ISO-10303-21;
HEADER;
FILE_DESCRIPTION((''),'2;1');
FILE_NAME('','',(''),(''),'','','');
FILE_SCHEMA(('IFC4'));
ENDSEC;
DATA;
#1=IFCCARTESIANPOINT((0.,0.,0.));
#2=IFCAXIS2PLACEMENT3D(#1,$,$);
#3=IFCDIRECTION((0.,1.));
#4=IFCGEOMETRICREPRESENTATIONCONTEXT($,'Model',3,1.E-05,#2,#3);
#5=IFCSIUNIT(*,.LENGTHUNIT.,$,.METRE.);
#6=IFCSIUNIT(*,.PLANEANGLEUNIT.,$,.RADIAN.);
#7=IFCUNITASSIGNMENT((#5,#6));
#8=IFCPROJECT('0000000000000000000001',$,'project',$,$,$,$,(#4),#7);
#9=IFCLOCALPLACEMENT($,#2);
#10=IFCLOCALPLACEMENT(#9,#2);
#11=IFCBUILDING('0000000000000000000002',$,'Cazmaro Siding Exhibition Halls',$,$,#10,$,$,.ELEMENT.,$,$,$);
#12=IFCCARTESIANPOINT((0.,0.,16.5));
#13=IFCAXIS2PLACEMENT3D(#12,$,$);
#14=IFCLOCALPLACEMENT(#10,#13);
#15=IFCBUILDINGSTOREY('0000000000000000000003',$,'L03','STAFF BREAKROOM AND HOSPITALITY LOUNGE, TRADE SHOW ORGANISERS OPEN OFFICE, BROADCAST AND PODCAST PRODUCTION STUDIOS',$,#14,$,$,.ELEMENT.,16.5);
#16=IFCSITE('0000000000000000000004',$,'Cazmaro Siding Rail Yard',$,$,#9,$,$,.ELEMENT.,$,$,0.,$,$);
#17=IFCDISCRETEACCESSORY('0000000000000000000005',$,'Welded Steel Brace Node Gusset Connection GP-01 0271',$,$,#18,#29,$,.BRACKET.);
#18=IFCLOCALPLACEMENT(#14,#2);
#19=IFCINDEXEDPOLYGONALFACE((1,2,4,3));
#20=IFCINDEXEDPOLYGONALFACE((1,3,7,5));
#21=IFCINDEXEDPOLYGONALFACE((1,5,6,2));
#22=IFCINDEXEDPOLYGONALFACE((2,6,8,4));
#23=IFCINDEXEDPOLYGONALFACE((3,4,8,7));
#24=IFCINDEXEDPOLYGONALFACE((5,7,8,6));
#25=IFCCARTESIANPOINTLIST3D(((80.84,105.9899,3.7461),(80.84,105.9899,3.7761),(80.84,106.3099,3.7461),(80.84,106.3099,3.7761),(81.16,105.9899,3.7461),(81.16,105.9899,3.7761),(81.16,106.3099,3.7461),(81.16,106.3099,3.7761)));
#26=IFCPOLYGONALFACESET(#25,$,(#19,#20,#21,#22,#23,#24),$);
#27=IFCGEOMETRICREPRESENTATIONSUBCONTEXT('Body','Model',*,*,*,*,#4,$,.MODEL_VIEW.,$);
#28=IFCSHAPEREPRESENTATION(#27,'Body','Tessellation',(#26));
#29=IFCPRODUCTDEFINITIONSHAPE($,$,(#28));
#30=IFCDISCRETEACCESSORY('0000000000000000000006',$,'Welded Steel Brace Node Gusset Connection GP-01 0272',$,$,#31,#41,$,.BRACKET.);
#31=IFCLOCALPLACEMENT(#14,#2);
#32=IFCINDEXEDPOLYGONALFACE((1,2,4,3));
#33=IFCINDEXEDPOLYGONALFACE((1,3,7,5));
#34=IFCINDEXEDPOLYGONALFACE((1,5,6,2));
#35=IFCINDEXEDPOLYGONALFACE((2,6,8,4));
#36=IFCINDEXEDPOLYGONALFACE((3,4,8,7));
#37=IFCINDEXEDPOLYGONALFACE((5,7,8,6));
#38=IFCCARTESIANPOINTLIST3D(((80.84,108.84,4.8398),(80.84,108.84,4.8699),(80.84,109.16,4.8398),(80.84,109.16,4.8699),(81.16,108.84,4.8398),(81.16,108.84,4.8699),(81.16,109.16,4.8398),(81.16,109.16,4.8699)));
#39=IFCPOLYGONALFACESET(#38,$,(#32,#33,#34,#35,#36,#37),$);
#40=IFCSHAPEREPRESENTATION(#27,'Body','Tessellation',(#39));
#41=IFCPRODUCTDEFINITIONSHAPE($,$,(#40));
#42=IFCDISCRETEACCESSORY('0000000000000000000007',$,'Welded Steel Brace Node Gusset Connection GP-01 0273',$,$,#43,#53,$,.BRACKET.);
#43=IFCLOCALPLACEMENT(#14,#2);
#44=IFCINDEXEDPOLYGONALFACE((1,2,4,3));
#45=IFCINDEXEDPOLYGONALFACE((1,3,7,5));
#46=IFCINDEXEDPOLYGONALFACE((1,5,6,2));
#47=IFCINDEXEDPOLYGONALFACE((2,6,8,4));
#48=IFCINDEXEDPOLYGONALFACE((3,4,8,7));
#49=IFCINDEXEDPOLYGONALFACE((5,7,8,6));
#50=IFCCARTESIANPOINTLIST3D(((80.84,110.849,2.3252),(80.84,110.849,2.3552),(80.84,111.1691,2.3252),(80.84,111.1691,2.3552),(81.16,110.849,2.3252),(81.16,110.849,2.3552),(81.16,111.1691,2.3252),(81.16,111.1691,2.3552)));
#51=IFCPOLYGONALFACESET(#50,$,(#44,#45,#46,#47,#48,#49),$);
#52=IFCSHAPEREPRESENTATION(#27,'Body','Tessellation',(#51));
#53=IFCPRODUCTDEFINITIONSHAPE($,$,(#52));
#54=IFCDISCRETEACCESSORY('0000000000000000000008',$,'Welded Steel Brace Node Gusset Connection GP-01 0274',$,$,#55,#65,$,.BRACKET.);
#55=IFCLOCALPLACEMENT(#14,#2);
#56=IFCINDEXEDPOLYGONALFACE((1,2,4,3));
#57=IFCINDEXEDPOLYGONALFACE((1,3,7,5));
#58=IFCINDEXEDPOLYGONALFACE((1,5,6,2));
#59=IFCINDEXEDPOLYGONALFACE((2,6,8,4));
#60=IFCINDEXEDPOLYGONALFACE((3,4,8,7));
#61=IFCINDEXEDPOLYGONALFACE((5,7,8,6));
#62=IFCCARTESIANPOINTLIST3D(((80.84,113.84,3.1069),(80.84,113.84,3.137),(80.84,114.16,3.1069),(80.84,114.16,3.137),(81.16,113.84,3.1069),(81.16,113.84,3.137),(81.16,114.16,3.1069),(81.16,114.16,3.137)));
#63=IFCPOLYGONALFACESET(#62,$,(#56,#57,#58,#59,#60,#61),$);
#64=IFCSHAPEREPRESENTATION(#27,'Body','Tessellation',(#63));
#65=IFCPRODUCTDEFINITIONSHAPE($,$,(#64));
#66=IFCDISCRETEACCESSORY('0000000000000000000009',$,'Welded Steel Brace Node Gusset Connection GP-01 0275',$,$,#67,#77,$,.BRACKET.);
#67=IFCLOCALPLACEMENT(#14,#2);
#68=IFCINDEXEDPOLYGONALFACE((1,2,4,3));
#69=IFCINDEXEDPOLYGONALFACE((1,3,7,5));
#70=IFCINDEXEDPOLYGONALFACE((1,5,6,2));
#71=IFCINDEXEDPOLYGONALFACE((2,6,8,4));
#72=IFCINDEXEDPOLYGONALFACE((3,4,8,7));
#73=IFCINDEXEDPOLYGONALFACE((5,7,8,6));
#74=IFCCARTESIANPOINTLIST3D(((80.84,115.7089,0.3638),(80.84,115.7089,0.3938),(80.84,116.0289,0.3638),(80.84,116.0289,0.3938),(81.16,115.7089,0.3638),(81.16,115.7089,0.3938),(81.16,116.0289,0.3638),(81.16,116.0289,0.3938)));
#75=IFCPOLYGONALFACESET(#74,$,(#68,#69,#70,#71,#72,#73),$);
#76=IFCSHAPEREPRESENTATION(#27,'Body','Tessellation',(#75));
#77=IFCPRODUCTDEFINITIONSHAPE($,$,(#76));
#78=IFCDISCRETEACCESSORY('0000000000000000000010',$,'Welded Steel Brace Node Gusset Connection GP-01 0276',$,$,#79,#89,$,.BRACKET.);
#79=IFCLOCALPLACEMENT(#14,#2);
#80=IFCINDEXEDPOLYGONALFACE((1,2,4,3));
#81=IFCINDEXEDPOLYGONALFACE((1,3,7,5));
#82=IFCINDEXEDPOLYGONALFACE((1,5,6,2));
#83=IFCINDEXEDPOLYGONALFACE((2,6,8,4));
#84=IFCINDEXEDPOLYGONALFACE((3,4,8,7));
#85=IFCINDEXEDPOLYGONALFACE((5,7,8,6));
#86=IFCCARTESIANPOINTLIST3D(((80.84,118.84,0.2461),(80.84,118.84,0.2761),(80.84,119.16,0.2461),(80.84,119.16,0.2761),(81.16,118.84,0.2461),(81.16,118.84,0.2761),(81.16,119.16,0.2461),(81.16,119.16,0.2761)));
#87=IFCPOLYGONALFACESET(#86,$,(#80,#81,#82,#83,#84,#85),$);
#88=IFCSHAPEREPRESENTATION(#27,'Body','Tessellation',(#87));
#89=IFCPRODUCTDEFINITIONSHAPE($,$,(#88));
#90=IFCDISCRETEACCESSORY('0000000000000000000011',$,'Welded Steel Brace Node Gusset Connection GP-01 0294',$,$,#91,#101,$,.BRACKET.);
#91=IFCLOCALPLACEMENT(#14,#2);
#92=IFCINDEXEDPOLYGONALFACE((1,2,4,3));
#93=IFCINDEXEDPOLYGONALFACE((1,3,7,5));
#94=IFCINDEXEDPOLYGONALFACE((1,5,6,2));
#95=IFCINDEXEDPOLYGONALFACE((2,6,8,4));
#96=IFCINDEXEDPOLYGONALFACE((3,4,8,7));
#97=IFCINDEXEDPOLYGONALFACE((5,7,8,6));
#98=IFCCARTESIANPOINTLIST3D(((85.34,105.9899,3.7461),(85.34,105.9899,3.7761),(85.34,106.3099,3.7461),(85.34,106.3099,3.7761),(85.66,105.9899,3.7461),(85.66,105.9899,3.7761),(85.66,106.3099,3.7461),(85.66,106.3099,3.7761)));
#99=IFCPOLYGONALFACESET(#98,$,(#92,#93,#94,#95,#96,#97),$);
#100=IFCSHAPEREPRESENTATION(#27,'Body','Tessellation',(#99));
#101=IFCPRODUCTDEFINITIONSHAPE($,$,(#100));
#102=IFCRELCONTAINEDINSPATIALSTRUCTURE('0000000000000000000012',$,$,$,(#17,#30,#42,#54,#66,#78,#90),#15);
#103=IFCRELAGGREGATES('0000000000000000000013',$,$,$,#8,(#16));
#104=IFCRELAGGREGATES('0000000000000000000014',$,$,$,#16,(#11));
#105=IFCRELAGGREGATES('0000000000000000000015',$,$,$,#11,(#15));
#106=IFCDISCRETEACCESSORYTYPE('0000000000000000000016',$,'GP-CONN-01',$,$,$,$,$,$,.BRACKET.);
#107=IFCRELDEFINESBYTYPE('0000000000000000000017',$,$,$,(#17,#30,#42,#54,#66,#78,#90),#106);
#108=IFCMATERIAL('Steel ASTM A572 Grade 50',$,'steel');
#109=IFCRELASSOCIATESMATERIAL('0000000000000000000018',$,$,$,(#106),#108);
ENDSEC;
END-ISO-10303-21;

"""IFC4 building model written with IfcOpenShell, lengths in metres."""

from ifc_helpers import new_model, si_unit, direction, frame, origin, origin_2d, place, context, subcontext, project, spatial, rectangle, extrude, material, type_object, element, save


model = new_model("IFC4")

# Units and contexts
model_context = context("Model", 3, precision=1e-05, world=origin(), true_north=direction((0.0, 1.0)))
body_context = subcontext(model_context, "Body", "Model", "MODEL_VIEW")
ifc_project = project(units=[si_unit("LENGTHUNIT", "METRE"), si_unit("PLANEANGLEUNIT", "RADIAN")], contexts=[model_context])

# Site, building, storey
site_placement = place(None, origin())
site = spatial("IfcSite", under=ifc_project, at=site_placement, Name="Cazmaro Siding Rail Yard", CompositionType="ELEMENT", RefElevation=0.0)
building_placement = place(site_placement, origin())
building = spatial("IfcBuilding", under=site, at=building_placement, Name="Cazmaro Siding Exhibition Halls", CompositionType="ELEMENT")
storey_placement = place(building_placement, frame((0.0, 0.0, 16.5)))
storey = spatial("IfcBuildingStorey", under=building, at=storey_placement, Name="L03", Description="STAFF BREAKROOM AND HOSPITALITY LOUNGE, TRADE SHOW ORGANISERS OPEN OFFICE, BROADCAST AND PODCAST PRODUCTION STUDIOS", CompositionType="ELEMENT", Elevation=16.5)

# Discrete accessories
ifc_material_1 = material(Name="Steel ASTM A572 Grade 50", Category="steel")
discrete_accessory_type = type_object("IfcDiscreteAccessoryType", Name="GP-CONN-01", PredefinedType="BRACKET", material=ifc_material_1)
for number, where, z_axis, x_axis, name in (
    (1, (81.0, 106.1499, 3.7461), (0.0, 0.0, 1.0), (1.0, 0.0, 0.0), "Welded Steel Brace Node Gusset Connection GP-01 0271"),
    (2, (81.0, 109.0, 4.8398), (0.0, 0.0, 1.0), (1.0, 0.0, 0.0), "Welded Steel Brace Node Gusset Connection GP-01 0272"),
    (3, (81.0, 111.009, 2.3252), (0.0, 0.0, 1.0), (1.0, 0.0, 0.0), "Welded Steel Brace Node Gusset Connection GP-01 0273"),
    (4, (81.0, 114.0, 3.1069), (0.0, 0.0, 1.0), (1.0, 0.0, 0.0), "Welded Steel Brace Node Gusset Connection GP-01 0274"),
    (5, (81.0, 115.8689, 0.3638), (0.0, 0.0, 1.0), (1.0, 0.0, 0.0), "Welded Steel Brace Node Gusset Connection GP-01 0275"),
    (6, (81.0, 119.0, 0.2461), (0.0, 0.0, 1.0), (1.0, 0.0, 0.0), "Welded Steel Brace Node Gusset Connection GP-01 0276"),
    (7, (85.5, 106.1499, 3.7461), (0.0, 0.0, 1.0), (1.0, 0.0, 0.0), "Welded Steel Brace Node Gusset Connection GP-01 0294"),
):
    element("IfcDiscreteAccessory", number, at=place(storey_placement, frame(where, z_axis=z_axis, x_axis=x_axis)), inside=storey, type_object=discrete_accessory_type, Name=name, PredefinedType="BRACKET", context=body_context, shape_type="SweptSolid", body=[
        extrude(rectangle(XDim=0.3201, YDim=0.3201, at=origin_2d()), origin(), (0.0, 0.0, 1.0), 0.03),
    ])

save(model, "model.ifc")
